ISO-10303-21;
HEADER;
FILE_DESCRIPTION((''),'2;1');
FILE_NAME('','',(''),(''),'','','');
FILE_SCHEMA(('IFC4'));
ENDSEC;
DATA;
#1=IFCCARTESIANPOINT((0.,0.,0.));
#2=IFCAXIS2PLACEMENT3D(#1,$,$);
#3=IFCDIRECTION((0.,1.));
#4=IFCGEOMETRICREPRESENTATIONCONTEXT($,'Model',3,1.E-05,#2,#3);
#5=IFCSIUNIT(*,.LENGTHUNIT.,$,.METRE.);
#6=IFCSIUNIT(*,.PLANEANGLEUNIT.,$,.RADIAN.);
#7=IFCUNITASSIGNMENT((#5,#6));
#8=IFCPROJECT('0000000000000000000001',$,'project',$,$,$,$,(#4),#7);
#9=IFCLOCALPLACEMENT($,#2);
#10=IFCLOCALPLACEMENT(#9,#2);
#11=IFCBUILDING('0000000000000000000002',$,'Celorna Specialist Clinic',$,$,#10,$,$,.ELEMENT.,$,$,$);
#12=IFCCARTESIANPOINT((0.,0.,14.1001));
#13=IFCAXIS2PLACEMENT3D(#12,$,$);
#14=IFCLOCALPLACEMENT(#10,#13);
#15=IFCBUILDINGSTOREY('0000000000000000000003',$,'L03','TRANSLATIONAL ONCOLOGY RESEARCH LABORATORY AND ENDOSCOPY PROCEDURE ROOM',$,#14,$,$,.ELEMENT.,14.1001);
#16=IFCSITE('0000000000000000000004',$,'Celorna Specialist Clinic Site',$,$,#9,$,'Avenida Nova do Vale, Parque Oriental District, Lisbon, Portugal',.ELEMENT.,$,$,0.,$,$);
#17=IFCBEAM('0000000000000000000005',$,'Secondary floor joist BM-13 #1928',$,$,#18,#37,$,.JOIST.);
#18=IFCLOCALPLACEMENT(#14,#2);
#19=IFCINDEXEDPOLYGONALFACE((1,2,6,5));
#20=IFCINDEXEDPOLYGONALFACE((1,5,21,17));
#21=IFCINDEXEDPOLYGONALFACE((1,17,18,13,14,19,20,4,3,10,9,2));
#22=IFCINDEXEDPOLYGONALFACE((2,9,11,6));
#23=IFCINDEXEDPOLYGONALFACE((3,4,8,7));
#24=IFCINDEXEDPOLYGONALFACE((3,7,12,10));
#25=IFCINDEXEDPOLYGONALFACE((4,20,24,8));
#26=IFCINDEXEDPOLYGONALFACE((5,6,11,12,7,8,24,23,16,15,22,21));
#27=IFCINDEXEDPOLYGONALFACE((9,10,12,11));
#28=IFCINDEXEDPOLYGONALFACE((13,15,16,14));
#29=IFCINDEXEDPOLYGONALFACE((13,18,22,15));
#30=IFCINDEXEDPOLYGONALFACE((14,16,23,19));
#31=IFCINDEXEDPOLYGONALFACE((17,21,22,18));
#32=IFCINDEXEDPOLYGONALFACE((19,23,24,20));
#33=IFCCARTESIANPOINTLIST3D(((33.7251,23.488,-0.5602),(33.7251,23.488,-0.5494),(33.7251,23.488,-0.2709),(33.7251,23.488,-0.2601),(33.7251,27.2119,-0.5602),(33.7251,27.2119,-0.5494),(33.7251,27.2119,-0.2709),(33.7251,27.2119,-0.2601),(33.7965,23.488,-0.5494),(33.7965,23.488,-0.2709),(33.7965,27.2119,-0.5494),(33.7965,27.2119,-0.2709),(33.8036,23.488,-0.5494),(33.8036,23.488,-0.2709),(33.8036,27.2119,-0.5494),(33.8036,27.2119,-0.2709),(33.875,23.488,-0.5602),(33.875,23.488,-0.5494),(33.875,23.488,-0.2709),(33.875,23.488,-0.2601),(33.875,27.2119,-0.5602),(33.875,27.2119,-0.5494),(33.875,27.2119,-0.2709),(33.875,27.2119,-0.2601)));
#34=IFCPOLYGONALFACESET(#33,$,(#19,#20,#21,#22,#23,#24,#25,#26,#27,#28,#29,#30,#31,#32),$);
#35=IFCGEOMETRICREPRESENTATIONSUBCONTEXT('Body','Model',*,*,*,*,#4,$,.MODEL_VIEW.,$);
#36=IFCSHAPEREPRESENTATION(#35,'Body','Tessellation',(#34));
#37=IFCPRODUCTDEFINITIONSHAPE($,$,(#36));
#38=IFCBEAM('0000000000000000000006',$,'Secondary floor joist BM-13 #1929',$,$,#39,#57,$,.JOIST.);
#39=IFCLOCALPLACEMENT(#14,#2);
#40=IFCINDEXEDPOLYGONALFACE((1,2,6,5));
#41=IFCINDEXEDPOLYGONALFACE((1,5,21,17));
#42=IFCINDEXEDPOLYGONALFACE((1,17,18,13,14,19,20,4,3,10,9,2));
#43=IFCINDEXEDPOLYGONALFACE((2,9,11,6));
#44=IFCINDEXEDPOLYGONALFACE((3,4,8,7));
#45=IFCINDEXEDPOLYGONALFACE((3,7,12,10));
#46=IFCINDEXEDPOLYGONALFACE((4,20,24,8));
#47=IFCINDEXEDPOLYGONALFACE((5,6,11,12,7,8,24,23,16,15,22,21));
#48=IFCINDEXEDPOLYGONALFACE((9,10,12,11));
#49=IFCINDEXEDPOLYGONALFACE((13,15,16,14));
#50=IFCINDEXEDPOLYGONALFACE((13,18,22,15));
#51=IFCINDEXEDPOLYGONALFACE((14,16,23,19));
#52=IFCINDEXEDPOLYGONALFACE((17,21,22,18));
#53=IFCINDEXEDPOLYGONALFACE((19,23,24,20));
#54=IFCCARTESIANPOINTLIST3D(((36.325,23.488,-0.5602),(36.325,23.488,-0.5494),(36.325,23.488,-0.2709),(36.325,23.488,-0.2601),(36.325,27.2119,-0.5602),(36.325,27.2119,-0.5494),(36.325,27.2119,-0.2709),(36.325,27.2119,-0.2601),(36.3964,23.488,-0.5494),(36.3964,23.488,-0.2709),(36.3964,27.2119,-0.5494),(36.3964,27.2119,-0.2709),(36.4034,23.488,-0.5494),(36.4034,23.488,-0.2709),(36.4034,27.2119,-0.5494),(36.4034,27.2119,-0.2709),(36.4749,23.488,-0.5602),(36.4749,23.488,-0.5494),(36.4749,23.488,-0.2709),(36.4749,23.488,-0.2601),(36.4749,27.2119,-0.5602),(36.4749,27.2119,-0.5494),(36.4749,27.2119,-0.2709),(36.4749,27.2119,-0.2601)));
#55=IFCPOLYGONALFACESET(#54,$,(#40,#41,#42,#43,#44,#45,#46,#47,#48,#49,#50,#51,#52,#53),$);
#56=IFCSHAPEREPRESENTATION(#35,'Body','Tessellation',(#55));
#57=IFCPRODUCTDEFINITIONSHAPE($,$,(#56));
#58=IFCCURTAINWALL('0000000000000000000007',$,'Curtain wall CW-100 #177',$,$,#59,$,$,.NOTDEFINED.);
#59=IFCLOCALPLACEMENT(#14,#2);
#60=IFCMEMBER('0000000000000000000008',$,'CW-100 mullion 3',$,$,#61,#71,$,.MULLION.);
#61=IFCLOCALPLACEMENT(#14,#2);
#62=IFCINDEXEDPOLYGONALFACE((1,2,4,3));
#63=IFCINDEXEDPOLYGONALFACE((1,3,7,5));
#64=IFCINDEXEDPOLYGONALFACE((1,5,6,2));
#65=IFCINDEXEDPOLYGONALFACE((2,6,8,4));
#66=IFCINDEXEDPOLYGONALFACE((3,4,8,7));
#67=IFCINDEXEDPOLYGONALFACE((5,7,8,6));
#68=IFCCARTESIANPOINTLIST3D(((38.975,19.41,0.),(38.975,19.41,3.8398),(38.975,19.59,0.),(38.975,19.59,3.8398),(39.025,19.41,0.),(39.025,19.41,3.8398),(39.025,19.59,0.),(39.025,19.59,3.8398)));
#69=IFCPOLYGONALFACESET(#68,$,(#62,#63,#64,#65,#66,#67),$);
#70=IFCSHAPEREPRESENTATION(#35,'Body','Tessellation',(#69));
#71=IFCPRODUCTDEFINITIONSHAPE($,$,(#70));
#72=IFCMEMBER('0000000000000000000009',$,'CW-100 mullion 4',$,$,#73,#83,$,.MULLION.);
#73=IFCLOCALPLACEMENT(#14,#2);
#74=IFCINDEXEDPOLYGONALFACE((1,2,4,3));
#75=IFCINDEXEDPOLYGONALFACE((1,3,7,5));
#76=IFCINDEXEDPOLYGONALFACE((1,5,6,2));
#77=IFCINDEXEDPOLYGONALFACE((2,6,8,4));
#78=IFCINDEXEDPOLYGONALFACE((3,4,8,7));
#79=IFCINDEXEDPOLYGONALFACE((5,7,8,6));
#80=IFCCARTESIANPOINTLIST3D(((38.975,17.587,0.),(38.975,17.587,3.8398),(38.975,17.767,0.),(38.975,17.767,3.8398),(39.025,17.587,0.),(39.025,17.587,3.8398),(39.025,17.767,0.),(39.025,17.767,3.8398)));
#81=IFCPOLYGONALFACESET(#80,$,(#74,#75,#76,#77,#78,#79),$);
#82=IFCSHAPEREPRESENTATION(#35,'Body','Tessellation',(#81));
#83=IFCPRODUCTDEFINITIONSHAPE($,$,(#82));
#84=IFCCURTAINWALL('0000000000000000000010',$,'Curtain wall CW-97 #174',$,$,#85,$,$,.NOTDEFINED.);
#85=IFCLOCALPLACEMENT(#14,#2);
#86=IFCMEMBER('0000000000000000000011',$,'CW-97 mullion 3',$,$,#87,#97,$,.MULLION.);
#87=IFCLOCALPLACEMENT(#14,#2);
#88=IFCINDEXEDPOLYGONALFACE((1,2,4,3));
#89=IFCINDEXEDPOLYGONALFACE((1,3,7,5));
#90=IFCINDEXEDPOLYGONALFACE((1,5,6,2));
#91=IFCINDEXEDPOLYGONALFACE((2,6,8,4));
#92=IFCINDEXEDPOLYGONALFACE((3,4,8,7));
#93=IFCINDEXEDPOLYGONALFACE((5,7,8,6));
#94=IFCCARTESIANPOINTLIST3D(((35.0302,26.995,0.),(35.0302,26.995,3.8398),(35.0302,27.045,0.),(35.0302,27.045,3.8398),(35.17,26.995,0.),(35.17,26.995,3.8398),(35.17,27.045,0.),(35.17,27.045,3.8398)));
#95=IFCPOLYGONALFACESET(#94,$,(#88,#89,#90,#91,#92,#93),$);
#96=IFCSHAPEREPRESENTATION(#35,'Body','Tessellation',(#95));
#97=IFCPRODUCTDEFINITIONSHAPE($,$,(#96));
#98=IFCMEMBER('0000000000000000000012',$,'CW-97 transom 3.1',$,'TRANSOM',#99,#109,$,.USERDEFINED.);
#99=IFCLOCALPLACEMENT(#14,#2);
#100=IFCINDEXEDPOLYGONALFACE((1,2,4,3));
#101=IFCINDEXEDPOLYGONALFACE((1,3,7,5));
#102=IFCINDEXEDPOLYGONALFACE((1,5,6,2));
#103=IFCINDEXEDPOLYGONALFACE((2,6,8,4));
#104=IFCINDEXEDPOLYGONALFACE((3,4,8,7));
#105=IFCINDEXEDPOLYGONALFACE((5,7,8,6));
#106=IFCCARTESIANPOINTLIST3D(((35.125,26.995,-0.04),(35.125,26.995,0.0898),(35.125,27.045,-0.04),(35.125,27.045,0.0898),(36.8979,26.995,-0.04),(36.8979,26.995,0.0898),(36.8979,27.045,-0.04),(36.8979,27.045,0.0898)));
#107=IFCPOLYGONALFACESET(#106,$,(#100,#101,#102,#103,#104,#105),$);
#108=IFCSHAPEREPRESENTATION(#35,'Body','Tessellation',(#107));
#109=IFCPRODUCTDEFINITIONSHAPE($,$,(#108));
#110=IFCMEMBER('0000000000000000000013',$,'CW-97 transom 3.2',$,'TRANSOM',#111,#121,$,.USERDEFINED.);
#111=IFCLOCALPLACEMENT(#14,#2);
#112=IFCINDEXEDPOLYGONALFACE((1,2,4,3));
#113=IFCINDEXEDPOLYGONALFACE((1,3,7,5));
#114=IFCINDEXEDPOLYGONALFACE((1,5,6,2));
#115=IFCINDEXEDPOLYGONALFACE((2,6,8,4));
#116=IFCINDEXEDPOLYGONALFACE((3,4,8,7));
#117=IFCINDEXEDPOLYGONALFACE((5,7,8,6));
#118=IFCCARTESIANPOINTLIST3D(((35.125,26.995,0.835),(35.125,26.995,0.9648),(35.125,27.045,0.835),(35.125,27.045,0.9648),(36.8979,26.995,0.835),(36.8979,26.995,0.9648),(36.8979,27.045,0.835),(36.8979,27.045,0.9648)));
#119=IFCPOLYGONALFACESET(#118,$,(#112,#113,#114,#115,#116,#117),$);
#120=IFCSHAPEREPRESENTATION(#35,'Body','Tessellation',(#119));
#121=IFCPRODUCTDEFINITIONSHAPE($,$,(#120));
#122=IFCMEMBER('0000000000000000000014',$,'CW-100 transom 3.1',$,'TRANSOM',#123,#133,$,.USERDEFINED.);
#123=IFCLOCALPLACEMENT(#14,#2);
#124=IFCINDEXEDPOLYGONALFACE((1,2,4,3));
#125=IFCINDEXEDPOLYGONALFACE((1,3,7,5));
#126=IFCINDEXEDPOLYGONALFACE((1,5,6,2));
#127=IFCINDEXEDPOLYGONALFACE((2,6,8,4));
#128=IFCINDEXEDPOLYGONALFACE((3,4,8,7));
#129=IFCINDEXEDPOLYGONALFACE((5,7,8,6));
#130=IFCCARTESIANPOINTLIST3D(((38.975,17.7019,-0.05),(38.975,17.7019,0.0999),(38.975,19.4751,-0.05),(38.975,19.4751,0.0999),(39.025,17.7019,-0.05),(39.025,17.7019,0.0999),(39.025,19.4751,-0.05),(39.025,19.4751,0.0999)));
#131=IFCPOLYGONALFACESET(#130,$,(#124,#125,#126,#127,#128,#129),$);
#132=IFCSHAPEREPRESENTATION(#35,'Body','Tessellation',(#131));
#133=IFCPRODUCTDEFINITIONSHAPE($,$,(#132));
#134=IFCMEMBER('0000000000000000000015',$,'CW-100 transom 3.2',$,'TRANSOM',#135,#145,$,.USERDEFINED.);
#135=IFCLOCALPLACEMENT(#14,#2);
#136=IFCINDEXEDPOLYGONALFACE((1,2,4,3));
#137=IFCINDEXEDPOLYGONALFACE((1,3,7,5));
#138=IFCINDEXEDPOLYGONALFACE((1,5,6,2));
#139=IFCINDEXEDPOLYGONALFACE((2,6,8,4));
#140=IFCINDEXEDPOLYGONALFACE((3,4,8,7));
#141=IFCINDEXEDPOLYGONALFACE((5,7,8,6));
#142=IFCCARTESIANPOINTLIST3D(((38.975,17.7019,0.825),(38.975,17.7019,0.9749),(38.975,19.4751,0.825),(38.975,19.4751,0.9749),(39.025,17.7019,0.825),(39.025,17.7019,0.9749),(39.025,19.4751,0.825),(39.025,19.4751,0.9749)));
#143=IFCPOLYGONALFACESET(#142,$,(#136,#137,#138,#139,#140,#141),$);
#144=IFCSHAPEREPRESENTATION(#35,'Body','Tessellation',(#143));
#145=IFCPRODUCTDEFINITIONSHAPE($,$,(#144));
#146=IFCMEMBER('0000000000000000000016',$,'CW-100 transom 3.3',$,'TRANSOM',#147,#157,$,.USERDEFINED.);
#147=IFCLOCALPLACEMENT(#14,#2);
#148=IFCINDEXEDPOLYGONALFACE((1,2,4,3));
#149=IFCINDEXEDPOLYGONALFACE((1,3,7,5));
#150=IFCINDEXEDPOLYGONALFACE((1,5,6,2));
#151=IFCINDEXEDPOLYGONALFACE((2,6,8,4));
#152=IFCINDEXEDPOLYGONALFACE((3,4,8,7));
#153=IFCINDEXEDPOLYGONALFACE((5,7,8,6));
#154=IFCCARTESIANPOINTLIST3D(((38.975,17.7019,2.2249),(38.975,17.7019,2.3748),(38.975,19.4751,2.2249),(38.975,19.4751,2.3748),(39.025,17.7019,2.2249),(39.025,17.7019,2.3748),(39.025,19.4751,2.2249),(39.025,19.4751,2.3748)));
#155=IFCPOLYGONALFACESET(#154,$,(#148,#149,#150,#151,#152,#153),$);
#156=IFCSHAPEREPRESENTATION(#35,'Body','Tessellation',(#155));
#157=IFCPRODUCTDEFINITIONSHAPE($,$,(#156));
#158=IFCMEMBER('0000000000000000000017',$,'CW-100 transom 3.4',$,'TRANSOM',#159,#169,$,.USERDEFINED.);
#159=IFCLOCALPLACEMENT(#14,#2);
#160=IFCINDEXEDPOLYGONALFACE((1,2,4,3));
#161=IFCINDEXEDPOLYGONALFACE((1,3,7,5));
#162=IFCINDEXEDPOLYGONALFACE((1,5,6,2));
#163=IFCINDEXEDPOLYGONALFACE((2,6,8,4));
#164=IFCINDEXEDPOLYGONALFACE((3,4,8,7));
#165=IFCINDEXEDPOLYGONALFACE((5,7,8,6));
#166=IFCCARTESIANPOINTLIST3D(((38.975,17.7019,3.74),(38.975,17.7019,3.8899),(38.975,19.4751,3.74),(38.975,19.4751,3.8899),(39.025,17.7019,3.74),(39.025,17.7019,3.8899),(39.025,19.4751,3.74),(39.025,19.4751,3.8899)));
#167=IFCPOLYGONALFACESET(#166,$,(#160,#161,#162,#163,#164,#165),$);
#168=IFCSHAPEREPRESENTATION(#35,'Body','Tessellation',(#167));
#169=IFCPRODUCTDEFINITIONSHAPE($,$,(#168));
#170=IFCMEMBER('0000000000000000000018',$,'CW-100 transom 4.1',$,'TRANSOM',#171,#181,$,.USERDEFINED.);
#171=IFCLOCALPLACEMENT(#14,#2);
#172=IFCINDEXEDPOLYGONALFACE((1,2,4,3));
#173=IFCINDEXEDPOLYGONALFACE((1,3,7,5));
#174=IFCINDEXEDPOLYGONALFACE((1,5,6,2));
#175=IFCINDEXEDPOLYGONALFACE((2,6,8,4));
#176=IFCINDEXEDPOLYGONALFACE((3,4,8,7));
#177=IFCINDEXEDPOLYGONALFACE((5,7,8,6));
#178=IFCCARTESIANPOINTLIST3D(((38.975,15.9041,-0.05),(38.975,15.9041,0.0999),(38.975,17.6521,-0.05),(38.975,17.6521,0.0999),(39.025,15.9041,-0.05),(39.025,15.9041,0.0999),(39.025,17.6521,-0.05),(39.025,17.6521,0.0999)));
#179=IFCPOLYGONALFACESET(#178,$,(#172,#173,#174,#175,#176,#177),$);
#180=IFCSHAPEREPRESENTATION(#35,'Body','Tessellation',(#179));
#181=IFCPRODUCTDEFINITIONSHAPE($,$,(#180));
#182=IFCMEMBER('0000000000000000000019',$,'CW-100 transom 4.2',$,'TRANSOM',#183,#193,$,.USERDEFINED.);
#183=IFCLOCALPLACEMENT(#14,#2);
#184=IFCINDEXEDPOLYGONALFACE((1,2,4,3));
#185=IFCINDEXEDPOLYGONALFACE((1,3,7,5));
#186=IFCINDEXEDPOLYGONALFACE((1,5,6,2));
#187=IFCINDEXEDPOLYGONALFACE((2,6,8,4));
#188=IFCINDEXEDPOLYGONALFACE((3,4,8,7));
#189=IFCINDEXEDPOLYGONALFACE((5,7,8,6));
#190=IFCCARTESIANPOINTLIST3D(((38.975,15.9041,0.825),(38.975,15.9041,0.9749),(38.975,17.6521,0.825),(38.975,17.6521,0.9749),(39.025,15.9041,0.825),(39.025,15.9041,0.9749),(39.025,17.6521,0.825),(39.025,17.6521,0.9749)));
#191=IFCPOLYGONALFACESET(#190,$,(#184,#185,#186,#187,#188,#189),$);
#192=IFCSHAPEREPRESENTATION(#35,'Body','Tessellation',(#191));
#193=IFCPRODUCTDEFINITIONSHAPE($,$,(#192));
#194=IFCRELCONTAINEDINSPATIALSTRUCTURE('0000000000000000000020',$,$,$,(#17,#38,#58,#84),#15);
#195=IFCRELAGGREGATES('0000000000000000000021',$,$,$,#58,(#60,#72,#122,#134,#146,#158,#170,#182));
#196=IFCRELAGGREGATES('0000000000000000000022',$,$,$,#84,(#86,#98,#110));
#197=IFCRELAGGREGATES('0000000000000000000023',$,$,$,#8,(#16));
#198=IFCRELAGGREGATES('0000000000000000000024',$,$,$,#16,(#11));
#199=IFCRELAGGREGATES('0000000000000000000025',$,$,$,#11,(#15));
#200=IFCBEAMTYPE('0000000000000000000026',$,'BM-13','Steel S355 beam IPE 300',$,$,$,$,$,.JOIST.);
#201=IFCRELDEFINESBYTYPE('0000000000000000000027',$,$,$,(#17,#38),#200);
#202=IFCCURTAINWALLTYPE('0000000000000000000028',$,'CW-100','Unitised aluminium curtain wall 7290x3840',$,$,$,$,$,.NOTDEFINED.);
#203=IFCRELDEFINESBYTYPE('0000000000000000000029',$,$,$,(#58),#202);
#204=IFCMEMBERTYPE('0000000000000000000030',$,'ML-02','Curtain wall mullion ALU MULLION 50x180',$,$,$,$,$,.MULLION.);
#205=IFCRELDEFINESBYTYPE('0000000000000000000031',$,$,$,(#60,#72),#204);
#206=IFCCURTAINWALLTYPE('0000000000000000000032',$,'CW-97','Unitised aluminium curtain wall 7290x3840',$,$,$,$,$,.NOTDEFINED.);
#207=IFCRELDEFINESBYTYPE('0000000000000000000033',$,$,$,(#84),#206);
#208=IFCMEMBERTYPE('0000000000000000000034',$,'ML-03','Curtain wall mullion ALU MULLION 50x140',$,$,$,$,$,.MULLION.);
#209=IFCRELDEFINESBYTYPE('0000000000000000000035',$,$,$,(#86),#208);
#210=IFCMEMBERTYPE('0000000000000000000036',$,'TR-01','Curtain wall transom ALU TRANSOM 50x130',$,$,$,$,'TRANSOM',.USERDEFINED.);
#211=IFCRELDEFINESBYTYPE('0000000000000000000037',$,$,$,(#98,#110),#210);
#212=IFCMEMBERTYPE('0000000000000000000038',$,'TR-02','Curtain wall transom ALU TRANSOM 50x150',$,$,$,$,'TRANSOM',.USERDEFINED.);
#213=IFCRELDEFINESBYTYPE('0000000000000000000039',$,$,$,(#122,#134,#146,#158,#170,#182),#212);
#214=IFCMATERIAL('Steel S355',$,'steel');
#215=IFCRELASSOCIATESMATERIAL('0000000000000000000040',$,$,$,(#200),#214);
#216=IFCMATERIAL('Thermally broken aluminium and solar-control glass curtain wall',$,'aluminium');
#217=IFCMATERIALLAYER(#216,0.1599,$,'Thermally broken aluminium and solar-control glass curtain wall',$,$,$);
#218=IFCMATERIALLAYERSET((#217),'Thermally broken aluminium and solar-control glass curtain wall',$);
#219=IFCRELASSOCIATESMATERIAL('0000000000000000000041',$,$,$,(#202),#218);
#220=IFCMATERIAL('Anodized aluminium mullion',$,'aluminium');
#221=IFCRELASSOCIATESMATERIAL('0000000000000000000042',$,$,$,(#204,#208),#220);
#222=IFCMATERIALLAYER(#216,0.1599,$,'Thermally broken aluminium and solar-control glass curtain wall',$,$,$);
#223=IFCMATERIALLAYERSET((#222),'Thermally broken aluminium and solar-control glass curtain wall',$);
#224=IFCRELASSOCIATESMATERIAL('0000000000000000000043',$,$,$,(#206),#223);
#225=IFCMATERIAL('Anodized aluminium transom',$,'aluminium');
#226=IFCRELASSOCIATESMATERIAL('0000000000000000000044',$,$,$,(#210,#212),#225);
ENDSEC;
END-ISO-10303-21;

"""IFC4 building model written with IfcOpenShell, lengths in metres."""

from ifc_helpers import new_model, si_unit, direction, frame, origin, origin_2d, place, context, subcontext, project, spatial, rectangle, i_section, extrude, material, layer, layer_set, material_profile, profile_set, type_object, element, aggregate, save


model = new_model("IFC4")

# Units and contexts
model_context = context("Model", 3, precision=1e-05, world=origin(), true_north=direction((0.0, 1.0)))
body_context = subcontext(model_context, "Body", "Model", "MODEL_VIEW")
ifc_project = project(units=[si_unit("LENGTHUNIT", "METRE"), si_unit("PLANEANGLEUNIT", "RADIAN")], contexts=[model_context])

# Site, building, storey
site_placement = place(None, origin())
site = spatial("IfcSite", under=ifc_project, at=site_placement, Name="Celorna Specialist Clinic Site", LongName="Avenida Nova do Vale, Parque Oriental District, Lisbon, Portugal", CompositionType="ELEMENT", RefElevation=0.0)
building_placement = place(site_placement, origin())
building = spatial("IfcBuilding", under=site, at=building_placement, Name="Celorna Specialist Clinic", CompositionType="ELEMENT")
storey_placement = place(building_placement, frame((0.0, 0.0, 14.1001)))
storey = spatial("IfcBuildingStorey", under=building, at=storey_placement, Name="L03", Description="TRANSLATIONAL ONCOLOGY RESEARCH LABORATORY AND ENDOSCOPY PROCEDURE ROOM", CompositionType="ELEMENT", Elevation=14.1001)

# Beams
ifc_material_1 = material(Name="Steel S355", Category="steel")
ifc_material_profile_1 = material_profile(ifc_material_1, i_section(OverallWidth=0.1499, OverallDepth=0.3, WebThickness=0.0071, FlangeThickness=0.0107, at=origin_2d()), Name="IPE 300")
ifc_profile_set_1 = profile_set([ifc_material_profile_1], Name="Steel S355")
beam_type = type_object("IfcBeamType", Name="BM-13", Description="Steel S355 beam IPE 300", PredefinedType="JOIST", material=ifc_profile_set_1)
for number, where, z_axis, x_axis, name in (
    (1, (33.8, 23.488, -0.4102), (0.0, 1.0, 0.0), (-1.0, 0.0, 0.0), "Secondary floor joist BM-13 #1928"),
    (2, (36.3999, 23.488, -0.4102), (0.0, 1.0, 0.0), (-1.0, 0.0, 0.0), "Secondary floor joist BM-13 #1929"),
):
    element("IfcBeam", number, at=place(storey_placement, frame(where, z_axis=z_axis, x_axis=x_axis)), inside=storey, type_object=beam_type, Name=name, PredefinedType="JOIST", context=body_context, shape_type="SweptSolid", body=[
        extrude(i_section(OverallWidth=0.1499, OverallDepth=0.3, WebThickness=0.0071, FlangeThickness=0.0107, at=origin_2d()), origin(), (0.0, 0.0, 1.0), 3.7239),
    ])

# Curtain walls, members
ifc_material_2 = material(Name="Thermally broken aluminium and solar-control glass curtain wall", Category="aluminium")
ifc_layer_1 = layer(ifc_material_2, 0.1599, Name="Thermally broken aluminium and solar-control glass curtain wall")
ifc_layer_set_1 = layer_set([ifc_layer_1], Name="Thermally broken aluminium and solar-control glass curtain wall")
curtain_wall_type_1 = type_object("IfcCurtainWallType", Name="CW-100", Description="Unitised aluminium curtain wall 7290x3840", PredefinedType="NOTDEFINED", material=ifc_layer_set_1)
curtain_wall_1_placement = place(storey_placement, origin())
curtain_wall_1 = element("IfcCurtainWall", 3, at=curtain_wall_1_placement, inside=storey, type_object=curtain_wall_type_1, Name="Curtain wall CW-100 #177", PredefinedType="NOTDEFINED")
ifc_material_3 = material(Name="Anodized aluminium mullion", Category="aluminium")
ifc_material_profile_2 = material_profile(ifc_material_3, rectangle(XDim=0.05, YDim=0.1799, at=origin_2d()), Name="ALU MULLION 50x180")
ifc_profile_set_2 = profile_set([ifc_material_profile_2], Name="Anodized aluminium mullion")
member_type_1 = type_object("IfcMemberType", Name="ML-02", Description="Curtain wall mullion ALU MULLION 50x180", PredefinedType="MULLION", material=ifc_profile_set_2)
member_1_placement = place(storey_placement, frame((39.0, 19.5, 0.0), z_axis=(0.0, 0.0, 1.0), x_axis=(1.0, 0.0, 0.0)))
member_1 = element("IfcMember", 4, at=member_1_placement, type_object=member_type_1, Name="CW-100 mullion 3", PredefinedType="MULLION", context=body_context, shape_type="SweptSolid", body=[
    extrude(rectangle(XDim=0.05, YDim=0.1799, at=origin_2d()), origin(), (0.0, 0.0, 1.0), 3.8398),
])
member_2_placement = place(storey_placement, frame((39.0, 17.677, 0.0), z_axis=(0.0, 0.0, 1.0), x_axis=(1.0, 0.0, 0.0)))
member_2 = element("IfcMember", 5, at=member_2_placement, type_object=member_type_1, Name="CW-100 mullion 4", PredefinedType="MULLION", context=body_context, shape_type="SweptSolid", body=[
    extrude(rectangle(XDim=0.05, YDim=0.1799, at=origin_2d()), origin(), (0.0, 0.0, 1.0), 3.8398),
])
ifc_layer_2 = layer(ifc_material_2, 0.1599, Name="Thermally broken aluminium and solar-control glass curtain wall")
ifc_layer_set_2 = layer_set([ifc_layer_2], Name="Thermally broken aluminium and solar-control glass curtain wall")
curtain_wall_type_2 = type_object("IfcCurtainWallType", Name="CW-97", Description="Unitised aluminium curtain wall 7290x3840", PredefinedType="NOTDEFINED", material=ifc_layer_set_2)
curtain_wall_2_placement = place(storey_placement, origin())
curtain_wall_2 = element("IfcCurtainWall", 6, at=curtain_wall_2_placement, inside=storey, type_object=curtain_wall_type_2, Name="Curtain wall CW-97 #174", PredefinedType="NOTDEFINED")
ifc_material_profile_3 = material_profile(ifc_material_3, rectangle(XDim=0.05, YDim=0.1399, at=origin_2d()), Name="ALU MULLION 50x140")
ifc_profile_set_3 = profile_set([ifc_material_profile_3], Name="Anodized aluminium mullion")
member_type_2 = type_object("IfcMemberType", Name="ML-03", Description="Curtain wall mullion ALU MULLION 50x140", PredefinedType="MULLION", material=ifc_profile_set_3)
member_3_placement = place(storey_placement, frame((35.1001, 27.02, 0.0), z_axis=(0.0, 0.0, 1.0), x_axis=(0.0, 1.0, 0.0)))
member_3 = element("IfcMember", 7, at=member_3_placement, type_object=member_type_2, Name="CW-97 mullion 3", PredefinedType="MULLION", context=body_context, shape_type="SweptSolid", body=[
    extrude(rectangle(XDim=0.05, YDim=0.1399, at=origin_2d()), origin(), (0.0, 0.0, 1.0), 3.8398),
])
ifc_material_4 = material(Name="Anodized aluminium transom", Category="aluminium")
ifc_material_profile_4 = material_profile(ifc_material_4, rectangle(XDim=0.05, YDim=0.1299, at=origin_2d()), Name="ALU TRANSOM 50x130")
ifc_profile_set_4 = profile_set([ifc_material_profile_4], Name="Anodized aluminium transom")
member_type_3 = type_object("IfcMemberType", Name="TR-01", Description="Curtain wall transom ALU TRANSOM 50x130", ElementType="TRANSOM", PredefinedType="USERDEFINED", material=ifc_profile_set_4)
member_4_placement = place(storey_placement, frame((35.125, 27.02, 0.0249), z_axis=(1.0, 0.0, 0.0), x_axis=(0.0, 1.0, 0.0)))
member_4 = element("IfcMember", 8, at=member_4_placement, type_object=member_type_3, Name="CW-97 transom 3.1", ObjectType="TRANSOM", PredefinedType="USERDEFINED", context=body_context, shape_type="SweptSolid", body=[
    extrude(rectangle(XDim=0.05, YDim=0.1299, at=origin_2d()), origin(), (0.0, 0.0, 1.0), 1.7729),
])
member_5_placement = place(storey_placement, frame((35.125, 27.02, 0.8999), z_axis=(1.0, 0.0, 0.0), x_axis=(0.0, 1.0, 0.0)))
member_5 = element("IfcMember", 9, at=member_5_placement, type_object=member_type_3, Name="CW-97 transom 3.2", ObjectType="TRANSOM", PredefinedType="USERDEFINED", context=body_context, shape_type="SweptSolid", body=[
    extrude(rectangle(XDim=0.05, YDim=0.1299, at=origin_2d()), origin(), (0.0, 0.0, 1.0), 1.7729),
])

# Members
ifc_material_profile_5 = material_profile(ifc_material_4, rectangle(XDim=0.05, YDim=0.1499, at=origin_2d()), Name="ALU TRANSOM 50x150")
ifc_profile_set_5 = profile_set([ifc_material_profile_5], Name="Anodized aluminium transom")
member_type_4 = type_object("IfcMemberType", Name="TR-02", Description="Curtain wall transom ALU TRANSOM 50x150", ElementType="TRANSOM", PredefinedType="USERDEFINED", material=ifc_profile_set_5)
member_6_placement = place(storey_placement, frame((39.0, 19.4751, 0.0249), z_axis=(0.0, -1.0, 0.0), x_axis=(1.0, 0.0, 0.0)))
member_6 = element("IfcMember", 10, at=member_6_placement, type_object=member_type_4, Name="CW-100 transom 3.1", ObjectType="TRANSOM", PredefinedType="USERDEFINED", context=body_context, shape_type="SweptSolid", body=[
    extrude(rectangle(XDim=0.05, YDim=0.1499, at=origin_2d()), origin(), (0.0, 0.0, 1.0), 1.7732),
])
member_7_placement = place(storey_placement, frame((39.0, 19.4751, 0.8999), z_axis=(0.0, -1.0, 0.0), x_axis=(1.0, 0.0, 0.0)))
member_7 = element("IfcMember", 11, at=member_7_placement, type_object=member_type_4, Name="CW-100 transom 3.2", ObjectType="TRANSOM", PredefinedType="USERDEFINED", context=body_context, shape_type="SweptSolid", body=[
    extrude(rectangle(XDim=0.05, YDim=0.1499, at=origin_2d()), origin(), (0.0, 0.0, 1.0), 1.7732),
])
member_8_placement = place(storey_placement, frame((39.0, 19.4751, 2.2998), z_axis=(0.0, -1.0, 0.0), x_axis=(1.0, 0.0, 0.0)))
member_8 = element("IfcMember", 12, at=member_8_placement, type_object=member_type_4, Name="CW-100 transom 3.3", ObjectType="TRANSOM", PredefinedType="USERDEFINED", context=body_context, shape_type="SweptSolid", body=[
    extrude(rectangle(XDim=0.05, YDim=0.1499, at=origin_2d()), origin(), (0.0, 0.0, 1.0), 1.7732),
])
member_9_placement = place(storey_placement, frame((39.0, 19.4751, 3.8149), z_axis=(0.0, -1.0, 0.0), x_axis=(1.0, 0.0, 0.0)))
member_9 = element("IfcMember", 13, at=member_9_placement, type_object=member_type_4, Name="CW-100 transom 3.4", ObjectType="TRANSOM", PredefinedType="USERDEFINED", context=body_context, shape_type="SweptSolid", body=[
    extrude(rectangle(XDim=0.05, YDim=0.1499, at=origin_2d()), origin(), (0.0, 0.0, 1.0), 1.7732),
])
member_10_placement = place(storey_placement, frame((39.0, 17.6521, 0.0249), z_axis=(0.0, -1.0, 0.0), x_axis=(1.0, 0.0, 0.0)))
member_10 = element("IfcMember", 14, at=member_10_placement, type_object=member_type_4, Name="CW-100 transom 4.1", ObjectType="TRANSOM", PredefinedType="USERDEFINED", context=body_context, shape_type="SweptSolid", body=[
    extrude(rectangle(XDim=0.05, YDim=0.1499, at=origin_2d()), origin(), (0.0, 0.0, 1.0), 1.748),
])
member_11_placement = place(storey_placement, frame((39.0, 17.6521, 0.8999), z_axis=(0.0, -1.0, 0.0), x_axis=(1.0, 0.0, 0.0)))
member_11 = element("IfcMember", 15, at=member_11_placement, type_object=member_type_4, Name="CW-100 transom 4.2", ObjectType="TRANSOM", PredefinedType="USERDEFINED", context=body_context, shape_type="SweptSolid", body=[
    extrude(rectangle(XDim=0.05, YDim=0.1499, at=origin_2d()), origin(), (0.0, 0.0, 1.0), 1.748),
])

aggregate(curtain_wall_1, [member_1, member_2, member_6, member_7, member_8, member_9, member_10, member_11])
aggregate(curtain_wall_2, [member_3, member_4, member_5])

save(model, "model.ifc")
